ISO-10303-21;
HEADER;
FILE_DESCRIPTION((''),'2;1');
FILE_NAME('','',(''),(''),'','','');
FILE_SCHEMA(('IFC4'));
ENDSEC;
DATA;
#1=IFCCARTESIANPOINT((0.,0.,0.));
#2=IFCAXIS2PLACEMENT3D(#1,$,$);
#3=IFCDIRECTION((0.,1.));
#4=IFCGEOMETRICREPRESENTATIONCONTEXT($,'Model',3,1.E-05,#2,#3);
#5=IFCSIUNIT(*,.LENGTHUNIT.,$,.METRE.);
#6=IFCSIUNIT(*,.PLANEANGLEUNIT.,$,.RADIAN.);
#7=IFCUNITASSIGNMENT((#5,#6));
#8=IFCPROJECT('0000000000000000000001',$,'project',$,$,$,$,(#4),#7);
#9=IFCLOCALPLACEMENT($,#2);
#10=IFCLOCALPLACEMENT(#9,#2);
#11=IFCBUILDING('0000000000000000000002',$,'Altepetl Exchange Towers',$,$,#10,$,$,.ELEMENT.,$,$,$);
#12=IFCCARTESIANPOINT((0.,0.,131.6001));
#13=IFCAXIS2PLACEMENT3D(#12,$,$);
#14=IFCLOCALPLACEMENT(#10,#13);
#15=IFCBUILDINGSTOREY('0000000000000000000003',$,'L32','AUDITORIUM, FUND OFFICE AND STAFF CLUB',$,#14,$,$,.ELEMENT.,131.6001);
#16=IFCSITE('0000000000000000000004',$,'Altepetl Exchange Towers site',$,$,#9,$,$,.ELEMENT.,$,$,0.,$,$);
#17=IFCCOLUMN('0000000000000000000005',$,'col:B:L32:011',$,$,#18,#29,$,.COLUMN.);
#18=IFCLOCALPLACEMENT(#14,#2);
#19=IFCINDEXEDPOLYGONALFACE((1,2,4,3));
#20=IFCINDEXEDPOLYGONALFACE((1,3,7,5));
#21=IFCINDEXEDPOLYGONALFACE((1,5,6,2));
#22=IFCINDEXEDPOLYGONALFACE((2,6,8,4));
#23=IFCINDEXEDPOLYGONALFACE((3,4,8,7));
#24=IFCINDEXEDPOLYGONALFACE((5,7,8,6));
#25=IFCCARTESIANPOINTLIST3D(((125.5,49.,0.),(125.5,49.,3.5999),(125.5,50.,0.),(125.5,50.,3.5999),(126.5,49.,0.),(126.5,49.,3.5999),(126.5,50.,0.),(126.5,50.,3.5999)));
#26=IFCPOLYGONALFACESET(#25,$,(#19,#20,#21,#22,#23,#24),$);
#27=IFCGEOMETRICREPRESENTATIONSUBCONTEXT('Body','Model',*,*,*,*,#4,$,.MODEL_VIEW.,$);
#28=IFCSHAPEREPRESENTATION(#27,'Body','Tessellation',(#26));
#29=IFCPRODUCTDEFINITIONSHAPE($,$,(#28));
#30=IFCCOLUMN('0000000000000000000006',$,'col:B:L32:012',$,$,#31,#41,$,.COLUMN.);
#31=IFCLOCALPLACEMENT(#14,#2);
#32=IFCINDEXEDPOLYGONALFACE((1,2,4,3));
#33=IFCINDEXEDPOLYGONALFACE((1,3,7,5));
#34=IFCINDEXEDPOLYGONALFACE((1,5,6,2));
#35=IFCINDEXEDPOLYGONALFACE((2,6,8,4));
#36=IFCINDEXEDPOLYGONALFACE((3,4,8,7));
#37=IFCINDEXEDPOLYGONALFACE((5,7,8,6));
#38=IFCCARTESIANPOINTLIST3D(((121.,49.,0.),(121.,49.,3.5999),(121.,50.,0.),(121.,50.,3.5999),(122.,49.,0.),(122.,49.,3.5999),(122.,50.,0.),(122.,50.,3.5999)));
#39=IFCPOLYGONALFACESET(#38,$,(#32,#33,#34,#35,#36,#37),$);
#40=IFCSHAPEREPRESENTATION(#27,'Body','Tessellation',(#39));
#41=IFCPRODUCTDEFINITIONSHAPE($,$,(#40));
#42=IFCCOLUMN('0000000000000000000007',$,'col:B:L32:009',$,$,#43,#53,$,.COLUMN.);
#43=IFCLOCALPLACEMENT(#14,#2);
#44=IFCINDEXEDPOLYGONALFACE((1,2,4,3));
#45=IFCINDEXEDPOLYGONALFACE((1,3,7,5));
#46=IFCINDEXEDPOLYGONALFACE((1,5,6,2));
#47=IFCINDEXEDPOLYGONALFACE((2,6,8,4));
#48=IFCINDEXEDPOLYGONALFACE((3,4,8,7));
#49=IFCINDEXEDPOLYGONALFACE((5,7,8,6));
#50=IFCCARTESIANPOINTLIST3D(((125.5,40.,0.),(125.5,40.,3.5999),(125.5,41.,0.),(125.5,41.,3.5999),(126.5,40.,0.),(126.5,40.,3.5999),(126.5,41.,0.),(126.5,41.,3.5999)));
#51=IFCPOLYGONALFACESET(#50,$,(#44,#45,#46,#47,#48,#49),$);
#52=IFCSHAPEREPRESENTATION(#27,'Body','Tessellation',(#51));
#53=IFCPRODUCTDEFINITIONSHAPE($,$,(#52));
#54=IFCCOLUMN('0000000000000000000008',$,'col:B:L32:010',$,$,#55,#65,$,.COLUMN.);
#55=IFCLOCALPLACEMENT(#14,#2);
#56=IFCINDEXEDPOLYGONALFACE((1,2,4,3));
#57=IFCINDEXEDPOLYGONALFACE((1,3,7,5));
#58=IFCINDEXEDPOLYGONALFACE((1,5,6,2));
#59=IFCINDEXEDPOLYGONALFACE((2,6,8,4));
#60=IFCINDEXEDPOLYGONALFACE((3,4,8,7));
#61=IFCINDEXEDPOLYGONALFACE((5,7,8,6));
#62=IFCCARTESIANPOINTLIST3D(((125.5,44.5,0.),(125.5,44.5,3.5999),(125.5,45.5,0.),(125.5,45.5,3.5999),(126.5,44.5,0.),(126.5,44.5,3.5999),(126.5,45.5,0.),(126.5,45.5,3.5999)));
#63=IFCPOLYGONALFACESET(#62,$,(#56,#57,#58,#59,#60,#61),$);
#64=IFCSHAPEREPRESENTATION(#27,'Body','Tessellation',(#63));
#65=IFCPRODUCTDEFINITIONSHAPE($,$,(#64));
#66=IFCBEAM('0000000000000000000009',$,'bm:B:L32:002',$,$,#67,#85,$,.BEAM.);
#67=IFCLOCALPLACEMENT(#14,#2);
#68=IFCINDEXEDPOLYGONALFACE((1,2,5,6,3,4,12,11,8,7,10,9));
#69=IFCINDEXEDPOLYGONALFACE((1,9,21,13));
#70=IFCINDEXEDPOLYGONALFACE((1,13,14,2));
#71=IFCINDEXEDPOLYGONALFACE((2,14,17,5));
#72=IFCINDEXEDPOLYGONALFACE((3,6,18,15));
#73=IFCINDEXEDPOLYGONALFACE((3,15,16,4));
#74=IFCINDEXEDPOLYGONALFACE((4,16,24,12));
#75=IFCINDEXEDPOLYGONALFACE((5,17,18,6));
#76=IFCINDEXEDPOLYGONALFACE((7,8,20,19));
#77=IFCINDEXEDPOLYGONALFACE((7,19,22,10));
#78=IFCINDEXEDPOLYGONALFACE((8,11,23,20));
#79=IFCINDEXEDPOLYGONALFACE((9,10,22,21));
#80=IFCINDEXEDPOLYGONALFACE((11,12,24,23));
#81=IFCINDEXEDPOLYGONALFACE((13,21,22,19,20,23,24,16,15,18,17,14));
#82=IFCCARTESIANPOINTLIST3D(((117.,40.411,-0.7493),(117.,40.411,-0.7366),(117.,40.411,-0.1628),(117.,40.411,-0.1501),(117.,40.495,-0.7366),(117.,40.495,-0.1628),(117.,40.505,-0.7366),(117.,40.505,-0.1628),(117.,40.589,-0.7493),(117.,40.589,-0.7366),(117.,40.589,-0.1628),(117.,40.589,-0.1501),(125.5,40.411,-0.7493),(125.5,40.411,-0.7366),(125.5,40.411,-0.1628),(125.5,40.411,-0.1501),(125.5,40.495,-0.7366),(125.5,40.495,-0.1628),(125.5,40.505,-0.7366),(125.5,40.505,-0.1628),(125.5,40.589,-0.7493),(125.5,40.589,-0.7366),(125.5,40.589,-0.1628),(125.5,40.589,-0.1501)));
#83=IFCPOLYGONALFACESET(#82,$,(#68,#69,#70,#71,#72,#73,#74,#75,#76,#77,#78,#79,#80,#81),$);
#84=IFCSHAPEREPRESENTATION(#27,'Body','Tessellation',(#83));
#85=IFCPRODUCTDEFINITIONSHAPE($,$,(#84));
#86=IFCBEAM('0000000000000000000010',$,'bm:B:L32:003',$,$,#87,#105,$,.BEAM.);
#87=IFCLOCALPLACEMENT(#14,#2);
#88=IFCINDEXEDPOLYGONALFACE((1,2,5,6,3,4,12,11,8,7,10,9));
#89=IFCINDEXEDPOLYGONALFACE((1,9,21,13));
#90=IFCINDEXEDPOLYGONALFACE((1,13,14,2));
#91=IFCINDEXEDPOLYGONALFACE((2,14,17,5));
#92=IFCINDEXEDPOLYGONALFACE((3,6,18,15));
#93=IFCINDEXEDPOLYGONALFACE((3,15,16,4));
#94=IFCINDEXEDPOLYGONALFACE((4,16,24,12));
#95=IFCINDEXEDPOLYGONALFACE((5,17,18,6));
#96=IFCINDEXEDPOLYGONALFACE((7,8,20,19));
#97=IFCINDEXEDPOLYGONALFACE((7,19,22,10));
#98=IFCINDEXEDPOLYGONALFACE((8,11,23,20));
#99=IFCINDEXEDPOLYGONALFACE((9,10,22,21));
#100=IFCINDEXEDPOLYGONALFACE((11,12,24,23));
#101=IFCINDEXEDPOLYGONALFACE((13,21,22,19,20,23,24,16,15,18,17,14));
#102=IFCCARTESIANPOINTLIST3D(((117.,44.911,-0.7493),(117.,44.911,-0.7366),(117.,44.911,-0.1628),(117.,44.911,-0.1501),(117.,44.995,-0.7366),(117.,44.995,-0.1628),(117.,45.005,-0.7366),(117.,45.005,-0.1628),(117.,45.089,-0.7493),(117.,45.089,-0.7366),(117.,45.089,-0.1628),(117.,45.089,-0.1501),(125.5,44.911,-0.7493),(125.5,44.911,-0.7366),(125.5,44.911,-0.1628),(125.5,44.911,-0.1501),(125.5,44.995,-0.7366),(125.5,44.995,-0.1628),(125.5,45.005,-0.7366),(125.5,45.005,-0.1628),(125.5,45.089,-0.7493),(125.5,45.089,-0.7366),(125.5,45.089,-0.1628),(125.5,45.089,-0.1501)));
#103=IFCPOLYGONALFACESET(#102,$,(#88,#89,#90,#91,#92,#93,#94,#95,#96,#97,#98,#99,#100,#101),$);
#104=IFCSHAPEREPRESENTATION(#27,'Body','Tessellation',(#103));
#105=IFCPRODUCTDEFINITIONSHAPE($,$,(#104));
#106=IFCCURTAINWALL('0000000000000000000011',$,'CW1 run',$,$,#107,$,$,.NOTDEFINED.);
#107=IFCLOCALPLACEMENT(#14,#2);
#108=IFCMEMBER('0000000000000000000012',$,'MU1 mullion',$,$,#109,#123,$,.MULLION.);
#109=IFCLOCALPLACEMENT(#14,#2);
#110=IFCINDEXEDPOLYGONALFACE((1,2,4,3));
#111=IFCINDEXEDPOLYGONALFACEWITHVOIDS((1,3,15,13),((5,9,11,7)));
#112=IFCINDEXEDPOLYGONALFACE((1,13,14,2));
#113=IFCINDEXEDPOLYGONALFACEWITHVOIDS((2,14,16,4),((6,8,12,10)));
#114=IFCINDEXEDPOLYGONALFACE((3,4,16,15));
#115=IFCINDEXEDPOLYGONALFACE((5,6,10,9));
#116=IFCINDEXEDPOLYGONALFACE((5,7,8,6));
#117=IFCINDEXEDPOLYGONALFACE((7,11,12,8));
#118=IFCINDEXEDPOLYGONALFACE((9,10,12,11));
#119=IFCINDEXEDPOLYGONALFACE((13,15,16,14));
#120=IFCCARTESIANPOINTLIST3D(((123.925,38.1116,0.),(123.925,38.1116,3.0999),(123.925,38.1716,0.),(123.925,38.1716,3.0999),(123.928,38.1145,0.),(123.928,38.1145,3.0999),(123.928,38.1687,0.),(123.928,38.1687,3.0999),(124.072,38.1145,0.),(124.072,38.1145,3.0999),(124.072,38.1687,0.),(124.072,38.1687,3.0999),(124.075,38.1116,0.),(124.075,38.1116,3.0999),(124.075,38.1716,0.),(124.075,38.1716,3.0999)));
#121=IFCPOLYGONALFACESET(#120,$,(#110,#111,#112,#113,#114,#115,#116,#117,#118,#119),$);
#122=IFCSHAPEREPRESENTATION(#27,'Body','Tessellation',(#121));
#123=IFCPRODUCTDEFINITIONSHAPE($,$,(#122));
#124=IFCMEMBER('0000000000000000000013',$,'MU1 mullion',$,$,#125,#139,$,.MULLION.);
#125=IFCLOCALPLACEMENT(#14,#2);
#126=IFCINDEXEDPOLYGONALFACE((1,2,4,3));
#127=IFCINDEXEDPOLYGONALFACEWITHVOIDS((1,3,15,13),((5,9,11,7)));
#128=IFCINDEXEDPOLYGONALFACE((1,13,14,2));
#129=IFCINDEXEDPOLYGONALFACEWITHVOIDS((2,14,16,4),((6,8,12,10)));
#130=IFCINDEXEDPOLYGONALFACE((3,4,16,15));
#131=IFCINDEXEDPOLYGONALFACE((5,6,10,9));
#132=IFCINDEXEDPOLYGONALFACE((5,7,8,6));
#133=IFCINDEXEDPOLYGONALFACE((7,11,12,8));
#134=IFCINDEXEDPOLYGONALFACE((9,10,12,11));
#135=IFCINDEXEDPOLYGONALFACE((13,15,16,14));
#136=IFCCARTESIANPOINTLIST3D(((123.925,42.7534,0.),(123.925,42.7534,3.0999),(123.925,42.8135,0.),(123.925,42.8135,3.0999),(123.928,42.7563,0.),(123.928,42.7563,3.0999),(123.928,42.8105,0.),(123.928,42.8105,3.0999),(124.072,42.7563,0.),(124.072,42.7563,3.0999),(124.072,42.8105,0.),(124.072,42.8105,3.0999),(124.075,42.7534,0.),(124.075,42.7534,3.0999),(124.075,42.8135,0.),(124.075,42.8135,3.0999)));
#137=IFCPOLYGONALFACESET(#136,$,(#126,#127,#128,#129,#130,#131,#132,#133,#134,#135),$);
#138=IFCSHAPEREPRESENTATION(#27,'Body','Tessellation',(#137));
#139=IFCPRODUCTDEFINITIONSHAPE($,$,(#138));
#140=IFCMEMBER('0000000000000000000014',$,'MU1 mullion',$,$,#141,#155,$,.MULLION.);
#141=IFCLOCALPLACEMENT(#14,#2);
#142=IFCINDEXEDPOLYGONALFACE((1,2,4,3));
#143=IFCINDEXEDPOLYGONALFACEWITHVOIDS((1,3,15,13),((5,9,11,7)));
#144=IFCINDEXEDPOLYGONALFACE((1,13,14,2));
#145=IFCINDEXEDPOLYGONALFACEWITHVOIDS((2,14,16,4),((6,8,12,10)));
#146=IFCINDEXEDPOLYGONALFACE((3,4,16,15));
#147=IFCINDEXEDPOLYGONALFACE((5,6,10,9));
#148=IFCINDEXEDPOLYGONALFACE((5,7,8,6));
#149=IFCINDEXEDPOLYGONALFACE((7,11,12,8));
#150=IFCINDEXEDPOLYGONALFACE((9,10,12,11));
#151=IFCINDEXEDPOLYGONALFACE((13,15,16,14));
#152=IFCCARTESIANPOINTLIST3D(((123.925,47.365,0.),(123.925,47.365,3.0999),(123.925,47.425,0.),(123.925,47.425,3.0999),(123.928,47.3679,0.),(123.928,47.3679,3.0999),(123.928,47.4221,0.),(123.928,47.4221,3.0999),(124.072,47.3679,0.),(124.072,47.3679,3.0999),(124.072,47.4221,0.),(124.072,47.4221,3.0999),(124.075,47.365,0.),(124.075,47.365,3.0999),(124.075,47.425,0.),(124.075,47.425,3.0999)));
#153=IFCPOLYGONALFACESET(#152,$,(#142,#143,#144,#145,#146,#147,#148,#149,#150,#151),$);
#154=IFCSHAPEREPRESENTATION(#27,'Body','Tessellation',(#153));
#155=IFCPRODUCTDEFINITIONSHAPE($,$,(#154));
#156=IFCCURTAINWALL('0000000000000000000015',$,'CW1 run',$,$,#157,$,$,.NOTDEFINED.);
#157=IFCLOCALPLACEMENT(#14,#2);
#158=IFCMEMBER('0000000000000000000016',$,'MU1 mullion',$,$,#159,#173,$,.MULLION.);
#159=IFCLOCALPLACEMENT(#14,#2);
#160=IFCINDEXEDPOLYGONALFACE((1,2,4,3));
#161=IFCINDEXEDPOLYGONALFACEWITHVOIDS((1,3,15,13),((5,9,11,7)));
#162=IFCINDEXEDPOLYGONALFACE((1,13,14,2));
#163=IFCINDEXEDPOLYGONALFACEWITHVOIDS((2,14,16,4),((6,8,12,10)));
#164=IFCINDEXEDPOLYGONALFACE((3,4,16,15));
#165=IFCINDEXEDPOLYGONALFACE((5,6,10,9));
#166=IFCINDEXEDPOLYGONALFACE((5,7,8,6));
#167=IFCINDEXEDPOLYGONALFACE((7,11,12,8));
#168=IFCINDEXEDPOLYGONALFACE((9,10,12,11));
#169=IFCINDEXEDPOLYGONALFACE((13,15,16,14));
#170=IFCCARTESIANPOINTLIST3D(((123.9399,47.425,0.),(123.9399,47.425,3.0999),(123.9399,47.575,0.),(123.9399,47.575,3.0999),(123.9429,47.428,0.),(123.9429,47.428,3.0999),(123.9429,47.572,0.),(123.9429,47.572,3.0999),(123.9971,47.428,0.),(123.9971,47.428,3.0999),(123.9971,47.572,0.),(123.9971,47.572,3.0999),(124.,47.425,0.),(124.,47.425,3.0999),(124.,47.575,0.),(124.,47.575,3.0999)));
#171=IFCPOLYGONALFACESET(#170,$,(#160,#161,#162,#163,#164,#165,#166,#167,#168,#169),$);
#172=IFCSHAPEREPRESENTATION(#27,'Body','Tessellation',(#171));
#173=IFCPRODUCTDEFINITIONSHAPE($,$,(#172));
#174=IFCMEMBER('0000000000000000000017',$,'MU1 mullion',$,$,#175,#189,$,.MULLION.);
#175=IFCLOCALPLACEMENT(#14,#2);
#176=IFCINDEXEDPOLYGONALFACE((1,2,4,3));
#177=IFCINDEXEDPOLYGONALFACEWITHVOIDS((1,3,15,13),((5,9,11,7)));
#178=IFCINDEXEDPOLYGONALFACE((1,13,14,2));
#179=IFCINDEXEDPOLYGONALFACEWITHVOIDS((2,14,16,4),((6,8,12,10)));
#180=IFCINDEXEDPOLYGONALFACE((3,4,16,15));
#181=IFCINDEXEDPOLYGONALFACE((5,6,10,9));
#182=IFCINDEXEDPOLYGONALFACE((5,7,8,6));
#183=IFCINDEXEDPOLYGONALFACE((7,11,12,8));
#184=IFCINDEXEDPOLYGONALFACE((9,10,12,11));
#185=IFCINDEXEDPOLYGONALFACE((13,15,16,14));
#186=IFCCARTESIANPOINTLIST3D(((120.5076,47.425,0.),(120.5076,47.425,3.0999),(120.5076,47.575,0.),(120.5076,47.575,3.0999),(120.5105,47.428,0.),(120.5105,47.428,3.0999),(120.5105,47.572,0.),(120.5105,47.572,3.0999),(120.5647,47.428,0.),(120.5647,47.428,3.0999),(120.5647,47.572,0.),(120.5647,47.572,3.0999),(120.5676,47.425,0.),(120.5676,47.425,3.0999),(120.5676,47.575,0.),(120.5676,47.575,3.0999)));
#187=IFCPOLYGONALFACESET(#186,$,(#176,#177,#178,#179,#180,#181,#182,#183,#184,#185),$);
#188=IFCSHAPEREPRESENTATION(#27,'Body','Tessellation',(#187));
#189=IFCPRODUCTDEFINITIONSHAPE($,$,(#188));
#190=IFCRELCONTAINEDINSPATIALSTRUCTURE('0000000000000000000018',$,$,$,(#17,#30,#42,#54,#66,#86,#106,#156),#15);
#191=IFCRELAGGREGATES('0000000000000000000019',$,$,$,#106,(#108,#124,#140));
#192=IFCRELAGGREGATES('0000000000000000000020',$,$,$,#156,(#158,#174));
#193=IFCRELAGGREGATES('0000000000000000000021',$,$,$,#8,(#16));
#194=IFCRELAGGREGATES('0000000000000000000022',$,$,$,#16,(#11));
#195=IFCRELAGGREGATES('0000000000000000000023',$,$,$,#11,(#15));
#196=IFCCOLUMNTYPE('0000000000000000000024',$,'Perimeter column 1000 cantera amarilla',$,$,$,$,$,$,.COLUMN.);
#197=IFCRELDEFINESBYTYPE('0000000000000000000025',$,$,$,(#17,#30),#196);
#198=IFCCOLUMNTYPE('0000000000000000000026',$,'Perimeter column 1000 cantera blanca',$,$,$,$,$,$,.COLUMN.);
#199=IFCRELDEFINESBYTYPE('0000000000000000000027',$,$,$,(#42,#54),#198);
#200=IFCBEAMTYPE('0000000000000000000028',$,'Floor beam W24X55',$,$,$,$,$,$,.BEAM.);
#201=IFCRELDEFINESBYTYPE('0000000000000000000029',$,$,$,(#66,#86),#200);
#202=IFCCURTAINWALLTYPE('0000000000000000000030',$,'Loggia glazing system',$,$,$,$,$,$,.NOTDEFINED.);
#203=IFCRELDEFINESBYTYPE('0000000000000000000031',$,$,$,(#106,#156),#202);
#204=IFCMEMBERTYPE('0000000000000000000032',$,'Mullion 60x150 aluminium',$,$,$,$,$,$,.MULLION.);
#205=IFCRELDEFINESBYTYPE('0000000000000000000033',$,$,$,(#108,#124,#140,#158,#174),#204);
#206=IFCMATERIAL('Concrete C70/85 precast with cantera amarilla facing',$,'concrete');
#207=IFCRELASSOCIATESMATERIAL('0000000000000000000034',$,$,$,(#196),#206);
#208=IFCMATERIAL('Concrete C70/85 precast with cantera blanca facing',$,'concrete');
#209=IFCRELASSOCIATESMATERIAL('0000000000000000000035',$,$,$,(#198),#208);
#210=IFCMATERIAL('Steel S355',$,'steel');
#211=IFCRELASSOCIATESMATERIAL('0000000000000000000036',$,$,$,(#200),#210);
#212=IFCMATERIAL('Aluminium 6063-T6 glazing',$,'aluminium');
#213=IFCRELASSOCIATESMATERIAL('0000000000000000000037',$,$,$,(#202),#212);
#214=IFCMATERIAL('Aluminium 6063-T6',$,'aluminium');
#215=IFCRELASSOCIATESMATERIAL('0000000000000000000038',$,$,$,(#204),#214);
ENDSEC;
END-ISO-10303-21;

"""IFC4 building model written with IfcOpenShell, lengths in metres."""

from ifc_helpers import new_model, si_unit, direction, frame, origin, origin_2d, place, context, subcontext, project, spatial, rectangle, hollow_rectangle, i_section, extrude, material, material_profile, profile_set, type_object, element, aggregate, save


model = new_model("IFC4")

# Units and contexts
model_context = context("Model", 3, precision=1e-05, world=origin(), true_north=direction((0.0, 1.0)))
body_context = subcontext(model_context, "Body", "Model", "MODEL_VIEW")
ifc_project = project(units=[si_unit("LENGTHUNIT", "METRE"), si_unit("PLANEANGLEUNIT", "RADIAN")], contexts=[model_context])

# Site, building, storey
site_placement = place(None, origin())
site = spatial("IfcSite", under=ifc_project, at=site_placement, Name="Altepetl Exchange Towers site", CompositionType="ELEMENT", RefElevation=0.0)
building_placement = place(site_placement, origin())
building = spatial("IfcBuilding", under=site, at=building_placement, Name="Altepetl Exchange Towers", CompositionType="ELEMENT")
storey_placement = place(building_placement, frame((0.0, 0.0, 131.6001)))
storey = spatial("IfcBuildingStorey", under=building, at=storey_placement, Name="L32", Description="AUDITORIUM, FUND OFFICE AND STAFF CLUB", CompositionType="ELEMENT", Elevation=131.6001)

# Columns
ifc_material_1 = material(Name="Concrete C70/85 precast with cantera amarilla facing", Category="concrete")
ifc_material_profile_1 = material_profile(ifc_material_1, rectangle(XDim=1.0, YDim=1.0, at=origin_2d()), Name="1000 x 1000")
ifc_profile_set_1 = profile_set([ifc_material_profile_1], Name="Concrete C70/85 precast with cantera amarilla facing")
column_type_1 = type_object("IfcColumnType", Name="Perimeter column 1000 cantera amarilla", PredefinedType="COLUMN", material=ifc_profile_set_1)
for number, where, name in (
    (1, (126.0, 49.5, 0.0), "col:B:L32:011"),
    (2, (121.5, 49.5, 0.0), "col:B:L32:012"),
):
    element("IfcColumn", number, at=place(storey_placement, frame(where)), inside=storey, type_object=column_type_1, Name=name, PredefinedType="COLUMN", context=body_context, shape_type="SweptSolid", body=[
        extrude(rectangle(XDim=1.0, YDim=1.0, at=origin_2d()), origin(), (0.0, 0.0, 1.0), 3.5999),
    ])
ifc_material_2 = material(Name="Concrete C70/85 precast with cantera blanca facing", Category="concrete")
ifc_material_profile_2 = material_profile(ifc_material_2, rectangle(XDim=1.0, YDim=1.0, at=origin_2d()), Name="1000 x 1000")
ifc_profile_set_2 = profile_set([ifc_material_profile_2], Name="Concrete C70/85 precast with cantera blanca facing")
column_type_2 = type_object("IfcColumnType", Name="Perimeter column 1000 cantera blanca", PredefinedType="COLUMN", material=ifc_profile_set_2)
for number, where, name in (
    (3, (126.0, 40.5, 0.0), "col:B:L32:009"),
    (4, (126.0, 45.0, 0.0), "col:B:L32:010"),
):
    element("IfcColumn", number, at=place(storey_placement, frame(where)), inside=storey, type_object=column_type_2, Name=name, PredefinedType="COLUMN", context=body_context, shape_type="SweptSolid", body=[
        extrude(rectangle(XDim=1.0, YDim=1.0, at=origin_2d()), origin(), (0.0, 0.0, 1.0), 3.5999),
    ])

# Beams
ifc_material_3 = material(Name="Steel S355", Category="steel")
ifc_material_profile_3 = material_profile(ifc_material_3, i_section(OverallWidth=0.178, OverallDepth=0.5991, WebThickness=0.01, FlangeThickness=0.0127, at=origin_2d()), Name="W24X55")
ifc_profile_set_3 = profile_set([ifc_material_profile_3], Name="Steel S355")
beam_type_1 = type_object("IfcBeamType", Name="Floor beam W24X55", PredefinedType="BEAM", material=ifc_profile_set_3)
for number, where, z_axis, x_axis, name in (
    (5, (117.0, 40.5, -0.4497), (1.0, 0.0, 0.0), (0.0, 1.0, 0.0), "bm:B:L32:002"),
    (6, (117.0, 45.0, -0.4497), (1.0, 0.0, 0.0), (0.0, 1.0, 0.0), "bm:B:L32:003"),
):
    element("IfcBeam", number, at=place(storey_placement, frame(where, z_axis=z_axis, x_axis=x_axis)), inside=storey, type_object=beam_type_1, Name=name, PredefinedType="BEAM", context=body_context, shape_type="SweptSolid", body=[
        extrude(i_section(OverallWidth=0.178, OverallDepth=0.5991, WebThickness=0.01, FlangeThickness=0.0127, at=origin_2d()), origin(), (0.0, 0.0, 1.0), 8.5),
    ])

# Curtain walls, members
ifc_material_4 = material(Name="Aluminium 6063-T6 glazing", Category="aluminium")
curtain_wall_type = type_object("IfcCurtainWallType", Name="Loggia glazing system", PredefinedType="NOTDEFINED", material=ifc_material_4)
curtain_wall_1_placement = place(storey_placement, origin())
curtain_wall_1 = element("IfcCurtainWall", 7, at=curtain_wall_1_placement, inside=storey, type_object=curtain_wall_type, Name="CW1 run", PredefinedType="NOTDEFINED")
ifc_material_5 = material(Name="Aluminium 6063-T6", Category="aluminium")
ifc_material_profile_4 = material_profile(ifc_material_5, hollow_rectangle(XDim=0.0601, YDim=0.1499, WallThickness=0.0029, at=origin_2d()), Name="Mullion 60x150 aluminium")
ifc_profile_set_4 = profile_set([ifc_material_profile_4], Name="Aluminium 6063-T6")
member_type = type_object("IfcMemberType", Name="Mullion 60x150 aluminium", PredefinedType="MULLION", material=ifc_profile_set_4)
member_1_placement = place(storey_placement, frame((124.0, 38.1416, 0.0), z_axis=(0.0, 0.0, 1.0), x_axis=(0.0, 1.0, 0.0)))
member_1 = element("IfcMember", 8, at=member_1_placement, type_object=member_type, Name="MU1 mullion", PredefinedType="MULLION", context=body_context, shape_type="SweptSolid", body=[
    extrude(hollow_rectangle(XDim=0.0601, YDim=0.1499, WallThickness=0.0029, at=origin_2d()), origin(), (0.0, 0.0, 1.0), 3.0999),
])
member_2_placement = place(storey_placement, frame((124.0, 42.7834, 0.0), z_axis=(0.0, 0.0, 1.0), x_axis=(0.0, 1.0, 0.0)))
member_2 = element("IfcMember", 9, at=member_2_placement, type_object=member_type, Name="MU1 mullion", PredefinedType="MULLION", context=body_context, shape_type="SweptSolid", body=[
    extrude(hollow_rectangle(XDim=0.0601, YDim=0.1499, WallThickness=0.0029, at=origin_2d()), origin(), (0.0, 0.0, 1.0), 3.0999),
])
member_3_placement = place(storey_placement, frame((124.0, 47.395, 0.0), z_axis=(0.0, 0.0, 1.0), x_axis=(0.0, 1.0, 0.0)))
member_3 = element("IfcMember", 10, at=member_3_placement, type_object=member_type, Name="MU1 mullion", PredefinedType="MULLION", context=body_context, shape_type="SweptSolid", body=[
    extrude(hollow_rectangle(XDim=0.0601, YDim=0.1499, WallThickness=0.0029, at=origin_2d()), origin(), (0.0, 0.0, 1.0), 3.0999),
])
curtain_wall_2_placement = place(storey_placement, origin())
curtain_wall_2 = element("IfcCurtainWall", 11, at=curtain_wall_2_placement, inside=storey, type_object=curtain_wall_type, Name="CW1 run", PredefinedType="NOTDEFINED")
member_4_placement = place(storey_placement, frame((123.97, 47.5, 0.0), z_axis=(0.0, 0.0, 1.0), x_axis=(-1.0, 0.0, 0.0)))
member_4 = element("IfcMember", 12, at=member_4_placement, type_object=member_type, Name="MU1 mullion", PredefinedType="MULLION", context=body_context, shape_type="SweptSolid", body=[
    extrude(hollow_rectangle(XDim=0.0601, YDim=0.1499, WallThickness=0.0029, at=origin_2d()), origin(), (0.0, 0.0, 1.0), 3.0999),
])
member_5_placement = place(storey_placement, frame((120.5376, 47.5, 0.0), z_axis=(0.0, 0.0, 1.0), x_axis=(-1.0, 0.0, 0.0)))
member_5 = element("IfcMember", 13, at=member_5_placement, type_object=member_type, Name="MU1 mullion", PredefinedType="MULLION", context=body_context, shape_type="SweptSolid", body=[
    extrude(hollow_rectangle(XDim=0.0601, YDim=0.1499, WallThickness=0.0029, at=origin_2d()), origin(), (0.0, 0.0, 1.0), 3.0999),
])

aggregate(curtain_wall_1, [member_1, member_2, member_3])
aggregate(curtain_wall_2, [member_4, member_5])

save(model, "model.ifc")
